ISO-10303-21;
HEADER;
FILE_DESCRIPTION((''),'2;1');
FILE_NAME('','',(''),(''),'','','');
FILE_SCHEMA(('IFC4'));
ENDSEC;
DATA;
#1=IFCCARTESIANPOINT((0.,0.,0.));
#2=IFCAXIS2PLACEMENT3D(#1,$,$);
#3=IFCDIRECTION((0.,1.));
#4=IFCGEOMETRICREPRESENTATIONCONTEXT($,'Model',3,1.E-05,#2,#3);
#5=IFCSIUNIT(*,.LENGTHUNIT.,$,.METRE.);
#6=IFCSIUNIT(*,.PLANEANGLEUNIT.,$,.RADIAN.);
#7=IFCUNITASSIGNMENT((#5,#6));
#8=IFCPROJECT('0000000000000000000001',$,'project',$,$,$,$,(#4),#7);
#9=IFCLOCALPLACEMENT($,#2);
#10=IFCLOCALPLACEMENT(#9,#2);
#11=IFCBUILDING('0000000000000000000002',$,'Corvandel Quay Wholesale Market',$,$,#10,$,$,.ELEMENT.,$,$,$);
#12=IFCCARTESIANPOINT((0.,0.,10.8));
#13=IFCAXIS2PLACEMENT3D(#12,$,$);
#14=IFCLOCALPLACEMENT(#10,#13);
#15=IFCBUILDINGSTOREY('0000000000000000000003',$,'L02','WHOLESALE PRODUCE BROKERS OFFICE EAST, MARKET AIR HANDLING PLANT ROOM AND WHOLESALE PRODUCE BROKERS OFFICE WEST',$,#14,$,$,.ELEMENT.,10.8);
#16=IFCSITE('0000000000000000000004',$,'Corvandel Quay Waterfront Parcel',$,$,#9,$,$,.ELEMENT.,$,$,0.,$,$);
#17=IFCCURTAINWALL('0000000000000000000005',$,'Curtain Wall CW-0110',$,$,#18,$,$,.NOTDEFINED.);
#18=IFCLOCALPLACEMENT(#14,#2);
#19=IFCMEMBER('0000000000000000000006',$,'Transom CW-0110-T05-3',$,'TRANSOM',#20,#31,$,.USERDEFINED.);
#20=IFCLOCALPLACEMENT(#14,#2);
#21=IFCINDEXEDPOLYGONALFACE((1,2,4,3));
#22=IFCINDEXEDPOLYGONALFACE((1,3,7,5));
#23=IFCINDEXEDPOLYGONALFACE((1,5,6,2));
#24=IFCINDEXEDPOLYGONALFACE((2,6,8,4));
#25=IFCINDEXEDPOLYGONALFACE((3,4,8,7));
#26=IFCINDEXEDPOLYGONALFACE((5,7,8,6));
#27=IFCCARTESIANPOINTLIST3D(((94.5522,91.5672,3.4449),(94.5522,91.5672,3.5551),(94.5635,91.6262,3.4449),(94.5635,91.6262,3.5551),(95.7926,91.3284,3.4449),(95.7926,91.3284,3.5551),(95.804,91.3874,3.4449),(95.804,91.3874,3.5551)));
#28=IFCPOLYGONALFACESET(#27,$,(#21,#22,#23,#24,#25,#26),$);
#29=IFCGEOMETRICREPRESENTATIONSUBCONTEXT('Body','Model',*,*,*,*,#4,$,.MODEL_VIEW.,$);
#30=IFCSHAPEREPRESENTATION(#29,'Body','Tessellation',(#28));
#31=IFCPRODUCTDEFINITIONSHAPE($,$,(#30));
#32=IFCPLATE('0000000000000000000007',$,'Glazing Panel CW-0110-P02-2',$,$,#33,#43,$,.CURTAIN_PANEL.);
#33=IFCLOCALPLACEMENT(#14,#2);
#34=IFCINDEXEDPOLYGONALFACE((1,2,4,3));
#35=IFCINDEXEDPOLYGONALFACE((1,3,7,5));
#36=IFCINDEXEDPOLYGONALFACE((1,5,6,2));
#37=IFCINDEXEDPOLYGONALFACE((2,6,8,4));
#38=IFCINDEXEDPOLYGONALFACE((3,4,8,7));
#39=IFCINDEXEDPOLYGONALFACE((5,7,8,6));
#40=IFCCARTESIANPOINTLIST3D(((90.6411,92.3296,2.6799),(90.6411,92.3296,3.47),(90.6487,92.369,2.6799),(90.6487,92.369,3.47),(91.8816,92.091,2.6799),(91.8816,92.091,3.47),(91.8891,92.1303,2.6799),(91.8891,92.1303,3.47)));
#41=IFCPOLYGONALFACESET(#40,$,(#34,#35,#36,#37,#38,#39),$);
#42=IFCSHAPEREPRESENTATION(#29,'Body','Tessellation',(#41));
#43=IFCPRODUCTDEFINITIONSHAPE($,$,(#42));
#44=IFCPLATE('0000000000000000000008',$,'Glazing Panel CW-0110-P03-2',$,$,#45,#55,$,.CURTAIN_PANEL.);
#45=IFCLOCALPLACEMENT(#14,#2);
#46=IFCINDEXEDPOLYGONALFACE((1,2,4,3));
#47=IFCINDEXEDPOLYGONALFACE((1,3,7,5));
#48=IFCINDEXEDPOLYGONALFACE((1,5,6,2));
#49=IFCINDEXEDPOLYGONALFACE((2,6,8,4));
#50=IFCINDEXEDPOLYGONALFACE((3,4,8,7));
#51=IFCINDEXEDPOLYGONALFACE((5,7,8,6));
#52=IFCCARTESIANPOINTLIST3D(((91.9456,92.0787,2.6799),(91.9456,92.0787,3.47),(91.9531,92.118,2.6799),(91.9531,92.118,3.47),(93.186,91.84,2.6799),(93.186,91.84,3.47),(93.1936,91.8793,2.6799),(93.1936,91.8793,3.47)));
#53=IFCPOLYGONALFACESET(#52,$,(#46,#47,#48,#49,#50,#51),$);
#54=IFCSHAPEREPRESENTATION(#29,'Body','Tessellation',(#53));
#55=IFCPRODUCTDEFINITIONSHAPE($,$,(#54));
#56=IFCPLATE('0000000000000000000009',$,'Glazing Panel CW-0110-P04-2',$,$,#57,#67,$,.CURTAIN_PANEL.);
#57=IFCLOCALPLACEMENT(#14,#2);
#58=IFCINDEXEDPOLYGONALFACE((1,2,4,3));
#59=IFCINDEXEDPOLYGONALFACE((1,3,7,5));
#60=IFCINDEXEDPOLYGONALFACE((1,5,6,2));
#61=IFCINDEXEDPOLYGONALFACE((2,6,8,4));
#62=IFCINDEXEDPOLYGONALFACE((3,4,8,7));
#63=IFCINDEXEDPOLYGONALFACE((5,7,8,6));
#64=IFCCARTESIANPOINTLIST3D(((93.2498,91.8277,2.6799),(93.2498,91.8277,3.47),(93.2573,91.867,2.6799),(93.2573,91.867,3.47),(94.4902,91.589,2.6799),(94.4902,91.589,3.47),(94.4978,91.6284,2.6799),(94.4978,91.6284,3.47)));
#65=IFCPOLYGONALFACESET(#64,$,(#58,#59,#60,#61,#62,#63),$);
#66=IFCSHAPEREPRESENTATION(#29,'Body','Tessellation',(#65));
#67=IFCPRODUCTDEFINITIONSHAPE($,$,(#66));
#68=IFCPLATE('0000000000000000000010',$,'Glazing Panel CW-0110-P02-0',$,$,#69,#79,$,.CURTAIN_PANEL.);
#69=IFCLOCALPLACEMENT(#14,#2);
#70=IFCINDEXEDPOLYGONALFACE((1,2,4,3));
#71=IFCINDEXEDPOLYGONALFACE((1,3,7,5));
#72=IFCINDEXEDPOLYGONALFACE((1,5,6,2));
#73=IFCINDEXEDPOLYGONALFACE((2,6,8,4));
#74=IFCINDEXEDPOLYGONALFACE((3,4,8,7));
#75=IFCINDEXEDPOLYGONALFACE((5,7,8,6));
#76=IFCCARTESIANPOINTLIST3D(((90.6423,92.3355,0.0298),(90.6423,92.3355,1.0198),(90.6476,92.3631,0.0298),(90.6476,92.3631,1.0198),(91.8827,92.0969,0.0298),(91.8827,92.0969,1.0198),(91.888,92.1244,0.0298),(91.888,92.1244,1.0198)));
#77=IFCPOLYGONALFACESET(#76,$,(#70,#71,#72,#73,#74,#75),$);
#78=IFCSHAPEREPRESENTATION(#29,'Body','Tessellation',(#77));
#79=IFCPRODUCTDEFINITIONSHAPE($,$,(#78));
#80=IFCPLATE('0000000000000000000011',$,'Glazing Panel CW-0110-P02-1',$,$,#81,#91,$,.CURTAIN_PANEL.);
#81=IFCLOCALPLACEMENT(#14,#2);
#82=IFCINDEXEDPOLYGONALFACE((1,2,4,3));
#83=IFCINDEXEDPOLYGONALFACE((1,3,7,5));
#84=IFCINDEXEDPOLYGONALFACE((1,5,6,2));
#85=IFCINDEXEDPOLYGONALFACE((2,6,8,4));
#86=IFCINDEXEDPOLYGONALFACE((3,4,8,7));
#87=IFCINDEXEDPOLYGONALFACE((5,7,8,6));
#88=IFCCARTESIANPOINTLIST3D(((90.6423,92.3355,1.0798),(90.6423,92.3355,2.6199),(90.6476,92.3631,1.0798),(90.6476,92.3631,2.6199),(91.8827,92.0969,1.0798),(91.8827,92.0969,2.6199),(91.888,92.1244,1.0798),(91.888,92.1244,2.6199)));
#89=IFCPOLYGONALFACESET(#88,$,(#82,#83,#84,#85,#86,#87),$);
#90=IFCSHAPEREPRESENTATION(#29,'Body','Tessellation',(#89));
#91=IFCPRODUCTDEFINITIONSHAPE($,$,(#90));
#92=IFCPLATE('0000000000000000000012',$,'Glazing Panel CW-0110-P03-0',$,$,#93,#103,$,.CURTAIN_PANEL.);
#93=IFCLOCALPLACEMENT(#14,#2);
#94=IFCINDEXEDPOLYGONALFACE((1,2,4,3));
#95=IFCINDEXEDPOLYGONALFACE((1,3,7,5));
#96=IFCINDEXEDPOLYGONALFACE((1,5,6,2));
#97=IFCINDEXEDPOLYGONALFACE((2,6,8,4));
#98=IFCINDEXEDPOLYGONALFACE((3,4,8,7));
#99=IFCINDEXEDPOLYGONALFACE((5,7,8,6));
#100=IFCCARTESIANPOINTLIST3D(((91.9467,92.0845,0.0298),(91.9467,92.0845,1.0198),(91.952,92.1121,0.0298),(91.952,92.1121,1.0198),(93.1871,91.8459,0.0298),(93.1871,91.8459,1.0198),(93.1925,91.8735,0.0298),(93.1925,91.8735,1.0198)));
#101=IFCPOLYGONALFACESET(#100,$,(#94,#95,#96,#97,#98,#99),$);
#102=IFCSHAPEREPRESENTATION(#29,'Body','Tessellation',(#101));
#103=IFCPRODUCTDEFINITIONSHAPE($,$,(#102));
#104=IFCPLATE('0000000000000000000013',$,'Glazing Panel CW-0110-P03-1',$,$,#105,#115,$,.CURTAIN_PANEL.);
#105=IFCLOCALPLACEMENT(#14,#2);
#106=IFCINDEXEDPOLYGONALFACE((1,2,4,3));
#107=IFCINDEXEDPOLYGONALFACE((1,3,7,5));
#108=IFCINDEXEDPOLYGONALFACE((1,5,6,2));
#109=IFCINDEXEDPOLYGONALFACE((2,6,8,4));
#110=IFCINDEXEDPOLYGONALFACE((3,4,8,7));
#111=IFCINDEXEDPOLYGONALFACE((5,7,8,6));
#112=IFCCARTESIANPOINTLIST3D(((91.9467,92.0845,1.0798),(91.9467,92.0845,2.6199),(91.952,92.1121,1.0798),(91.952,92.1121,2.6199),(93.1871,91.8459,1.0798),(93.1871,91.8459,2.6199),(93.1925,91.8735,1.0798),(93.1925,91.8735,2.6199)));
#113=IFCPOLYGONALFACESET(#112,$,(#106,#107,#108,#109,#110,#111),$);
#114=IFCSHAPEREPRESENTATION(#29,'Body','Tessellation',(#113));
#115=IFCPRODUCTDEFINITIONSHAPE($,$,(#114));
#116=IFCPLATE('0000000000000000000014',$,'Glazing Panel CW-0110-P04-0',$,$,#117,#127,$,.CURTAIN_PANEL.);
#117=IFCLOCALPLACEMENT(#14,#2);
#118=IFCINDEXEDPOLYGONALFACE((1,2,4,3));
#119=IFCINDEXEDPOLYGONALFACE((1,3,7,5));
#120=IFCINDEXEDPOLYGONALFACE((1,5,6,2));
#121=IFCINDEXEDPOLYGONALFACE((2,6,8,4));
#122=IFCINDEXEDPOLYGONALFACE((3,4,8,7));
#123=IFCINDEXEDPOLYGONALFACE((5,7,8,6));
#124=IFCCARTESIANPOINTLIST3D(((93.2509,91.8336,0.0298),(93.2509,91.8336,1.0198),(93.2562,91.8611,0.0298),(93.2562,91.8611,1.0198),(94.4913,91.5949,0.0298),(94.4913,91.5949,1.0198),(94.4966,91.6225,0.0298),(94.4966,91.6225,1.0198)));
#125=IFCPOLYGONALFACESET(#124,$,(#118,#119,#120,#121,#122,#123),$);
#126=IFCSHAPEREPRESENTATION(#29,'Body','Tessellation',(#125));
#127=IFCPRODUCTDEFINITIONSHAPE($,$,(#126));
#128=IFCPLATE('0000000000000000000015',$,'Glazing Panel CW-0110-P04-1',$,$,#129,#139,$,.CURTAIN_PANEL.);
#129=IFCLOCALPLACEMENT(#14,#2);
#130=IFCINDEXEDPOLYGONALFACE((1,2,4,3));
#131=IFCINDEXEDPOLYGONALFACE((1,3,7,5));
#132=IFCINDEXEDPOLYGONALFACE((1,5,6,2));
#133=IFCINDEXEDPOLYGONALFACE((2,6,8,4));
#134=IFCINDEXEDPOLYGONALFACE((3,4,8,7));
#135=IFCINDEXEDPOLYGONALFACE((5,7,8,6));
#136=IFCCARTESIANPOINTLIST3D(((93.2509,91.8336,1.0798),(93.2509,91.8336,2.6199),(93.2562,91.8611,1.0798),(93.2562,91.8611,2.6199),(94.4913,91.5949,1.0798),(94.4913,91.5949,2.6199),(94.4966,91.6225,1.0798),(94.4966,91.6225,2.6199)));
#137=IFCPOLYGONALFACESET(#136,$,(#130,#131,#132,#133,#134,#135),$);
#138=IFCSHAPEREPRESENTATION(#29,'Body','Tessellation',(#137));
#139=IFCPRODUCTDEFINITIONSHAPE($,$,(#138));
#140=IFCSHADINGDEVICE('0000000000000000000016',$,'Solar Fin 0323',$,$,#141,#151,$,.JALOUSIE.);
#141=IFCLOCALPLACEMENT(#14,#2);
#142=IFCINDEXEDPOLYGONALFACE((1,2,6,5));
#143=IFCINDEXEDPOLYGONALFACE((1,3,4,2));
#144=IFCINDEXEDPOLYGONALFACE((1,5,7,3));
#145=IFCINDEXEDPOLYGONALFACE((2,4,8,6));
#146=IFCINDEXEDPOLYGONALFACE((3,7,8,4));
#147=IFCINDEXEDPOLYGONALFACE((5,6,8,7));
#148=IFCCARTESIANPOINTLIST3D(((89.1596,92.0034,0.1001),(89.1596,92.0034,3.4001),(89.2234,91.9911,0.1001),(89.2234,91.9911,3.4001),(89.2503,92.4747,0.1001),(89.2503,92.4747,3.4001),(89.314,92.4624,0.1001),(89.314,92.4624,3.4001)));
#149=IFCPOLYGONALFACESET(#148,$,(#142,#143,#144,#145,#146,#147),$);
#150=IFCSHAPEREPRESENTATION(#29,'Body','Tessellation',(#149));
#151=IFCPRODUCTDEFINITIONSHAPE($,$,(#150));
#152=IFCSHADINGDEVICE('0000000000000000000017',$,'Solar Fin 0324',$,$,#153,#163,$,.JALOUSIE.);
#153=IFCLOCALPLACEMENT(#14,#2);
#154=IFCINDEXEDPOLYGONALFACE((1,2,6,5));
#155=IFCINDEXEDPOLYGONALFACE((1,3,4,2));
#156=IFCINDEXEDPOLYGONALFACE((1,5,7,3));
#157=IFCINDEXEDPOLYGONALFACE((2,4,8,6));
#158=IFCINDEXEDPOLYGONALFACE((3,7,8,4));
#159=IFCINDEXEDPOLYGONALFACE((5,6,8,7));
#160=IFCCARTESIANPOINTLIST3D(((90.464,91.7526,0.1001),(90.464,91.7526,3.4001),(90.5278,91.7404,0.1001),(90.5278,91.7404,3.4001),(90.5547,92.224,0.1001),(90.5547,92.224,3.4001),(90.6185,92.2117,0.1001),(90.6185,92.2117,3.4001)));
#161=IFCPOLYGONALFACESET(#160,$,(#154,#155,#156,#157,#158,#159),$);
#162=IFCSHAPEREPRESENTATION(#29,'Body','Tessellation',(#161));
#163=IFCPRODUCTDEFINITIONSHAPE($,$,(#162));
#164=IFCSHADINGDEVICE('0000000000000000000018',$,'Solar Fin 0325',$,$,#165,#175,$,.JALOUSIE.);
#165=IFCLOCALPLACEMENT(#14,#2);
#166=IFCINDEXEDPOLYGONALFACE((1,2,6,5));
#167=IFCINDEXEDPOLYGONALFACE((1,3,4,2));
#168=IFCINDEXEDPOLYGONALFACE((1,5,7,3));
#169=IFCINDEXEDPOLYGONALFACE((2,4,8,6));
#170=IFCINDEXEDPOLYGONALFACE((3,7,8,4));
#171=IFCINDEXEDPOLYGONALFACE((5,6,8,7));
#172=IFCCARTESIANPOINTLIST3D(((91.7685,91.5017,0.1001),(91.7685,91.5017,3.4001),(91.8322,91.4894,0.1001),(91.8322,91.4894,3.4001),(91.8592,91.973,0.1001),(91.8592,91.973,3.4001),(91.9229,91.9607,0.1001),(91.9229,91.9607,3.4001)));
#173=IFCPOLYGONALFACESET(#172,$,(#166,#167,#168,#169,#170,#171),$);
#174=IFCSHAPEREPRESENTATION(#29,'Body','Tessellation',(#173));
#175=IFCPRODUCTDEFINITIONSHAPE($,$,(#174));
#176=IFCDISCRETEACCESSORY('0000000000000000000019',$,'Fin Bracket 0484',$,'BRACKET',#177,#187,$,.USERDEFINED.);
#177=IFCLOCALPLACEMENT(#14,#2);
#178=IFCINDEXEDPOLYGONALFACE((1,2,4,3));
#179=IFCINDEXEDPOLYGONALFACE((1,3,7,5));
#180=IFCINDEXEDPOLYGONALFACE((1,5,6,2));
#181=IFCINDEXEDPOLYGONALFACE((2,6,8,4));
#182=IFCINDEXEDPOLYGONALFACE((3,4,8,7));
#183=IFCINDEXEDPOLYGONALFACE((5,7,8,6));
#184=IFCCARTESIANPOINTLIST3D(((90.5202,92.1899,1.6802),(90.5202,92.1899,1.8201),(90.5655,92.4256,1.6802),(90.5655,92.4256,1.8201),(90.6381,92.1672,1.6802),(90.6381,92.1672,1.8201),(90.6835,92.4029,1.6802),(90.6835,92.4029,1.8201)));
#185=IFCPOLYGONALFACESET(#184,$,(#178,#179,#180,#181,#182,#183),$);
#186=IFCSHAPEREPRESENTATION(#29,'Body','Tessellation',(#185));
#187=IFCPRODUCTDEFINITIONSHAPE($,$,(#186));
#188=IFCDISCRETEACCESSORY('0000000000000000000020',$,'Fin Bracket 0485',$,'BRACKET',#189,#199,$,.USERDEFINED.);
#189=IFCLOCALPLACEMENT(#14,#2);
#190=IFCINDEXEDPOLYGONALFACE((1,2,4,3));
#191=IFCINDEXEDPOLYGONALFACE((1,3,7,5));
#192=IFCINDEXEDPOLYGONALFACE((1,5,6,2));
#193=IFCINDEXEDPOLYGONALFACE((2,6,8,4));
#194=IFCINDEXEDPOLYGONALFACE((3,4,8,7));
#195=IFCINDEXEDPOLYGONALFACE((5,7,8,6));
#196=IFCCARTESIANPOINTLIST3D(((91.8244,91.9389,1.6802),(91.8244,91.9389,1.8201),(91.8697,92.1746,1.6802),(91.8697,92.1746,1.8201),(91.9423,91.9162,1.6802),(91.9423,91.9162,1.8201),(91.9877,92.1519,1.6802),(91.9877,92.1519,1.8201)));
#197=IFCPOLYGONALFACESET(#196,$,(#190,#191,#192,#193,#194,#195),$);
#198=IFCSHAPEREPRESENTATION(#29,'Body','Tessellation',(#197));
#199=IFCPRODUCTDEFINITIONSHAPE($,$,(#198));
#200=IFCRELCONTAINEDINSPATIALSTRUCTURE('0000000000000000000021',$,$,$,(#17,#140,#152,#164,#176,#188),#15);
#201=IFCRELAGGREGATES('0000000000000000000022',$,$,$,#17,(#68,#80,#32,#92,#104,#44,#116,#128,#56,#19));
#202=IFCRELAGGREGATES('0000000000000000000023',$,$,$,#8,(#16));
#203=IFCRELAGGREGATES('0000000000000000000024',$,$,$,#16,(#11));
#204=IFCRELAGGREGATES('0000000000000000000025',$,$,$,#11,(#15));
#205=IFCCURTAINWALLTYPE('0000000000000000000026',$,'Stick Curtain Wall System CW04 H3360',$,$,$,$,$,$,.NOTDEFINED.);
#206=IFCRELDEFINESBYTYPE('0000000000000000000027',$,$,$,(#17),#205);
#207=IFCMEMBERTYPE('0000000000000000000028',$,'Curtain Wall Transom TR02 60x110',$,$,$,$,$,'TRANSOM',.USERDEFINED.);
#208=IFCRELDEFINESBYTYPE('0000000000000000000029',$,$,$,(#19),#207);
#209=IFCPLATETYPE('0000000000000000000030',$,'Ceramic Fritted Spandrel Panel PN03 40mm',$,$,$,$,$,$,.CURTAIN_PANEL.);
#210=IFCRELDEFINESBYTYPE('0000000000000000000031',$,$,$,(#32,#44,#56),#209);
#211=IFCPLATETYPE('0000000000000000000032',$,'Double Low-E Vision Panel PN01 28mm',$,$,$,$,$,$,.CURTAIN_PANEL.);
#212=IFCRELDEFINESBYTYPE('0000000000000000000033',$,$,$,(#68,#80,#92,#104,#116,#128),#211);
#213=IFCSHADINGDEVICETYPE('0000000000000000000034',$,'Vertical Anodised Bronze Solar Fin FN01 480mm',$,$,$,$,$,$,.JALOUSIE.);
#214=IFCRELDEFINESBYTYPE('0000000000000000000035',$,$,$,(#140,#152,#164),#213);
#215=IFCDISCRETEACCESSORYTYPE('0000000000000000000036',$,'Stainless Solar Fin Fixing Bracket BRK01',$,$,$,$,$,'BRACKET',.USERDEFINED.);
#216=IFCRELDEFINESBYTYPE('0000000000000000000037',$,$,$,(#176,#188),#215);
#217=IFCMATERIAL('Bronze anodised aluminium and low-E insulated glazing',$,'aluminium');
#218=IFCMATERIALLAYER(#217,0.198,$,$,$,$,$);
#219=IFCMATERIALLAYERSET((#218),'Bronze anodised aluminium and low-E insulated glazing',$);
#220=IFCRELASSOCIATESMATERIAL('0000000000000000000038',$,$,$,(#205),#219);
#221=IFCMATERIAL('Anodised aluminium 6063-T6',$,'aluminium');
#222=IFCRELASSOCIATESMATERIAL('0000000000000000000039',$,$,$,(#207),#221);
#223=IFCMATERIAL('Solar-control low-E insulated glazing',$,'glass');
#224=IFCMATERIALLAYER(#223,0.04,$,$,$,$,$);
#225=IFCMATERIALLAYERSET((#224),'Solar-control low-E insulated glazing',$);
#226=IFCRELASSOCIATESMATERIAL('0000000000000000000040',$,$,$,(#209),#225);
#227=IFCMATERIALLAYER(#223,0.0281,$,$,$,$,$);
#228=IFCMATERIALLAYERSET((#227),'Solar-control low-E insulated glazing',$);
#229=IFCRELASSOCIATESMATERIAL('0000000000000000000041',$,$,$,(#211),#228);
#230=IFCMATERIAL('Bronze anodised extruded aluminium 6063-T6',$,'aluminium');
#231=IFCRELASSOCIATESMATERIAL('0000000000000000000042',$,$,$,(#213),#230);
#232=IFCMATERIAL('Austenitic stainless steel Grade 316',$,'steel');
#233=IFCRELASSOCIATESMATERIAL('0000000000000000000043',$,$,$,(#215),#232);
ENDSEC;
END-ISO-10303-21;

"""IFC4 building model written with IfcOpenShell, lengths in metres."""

from ifc_helpers import new_model, si_unit, direction, frame, origin, origin_2d, place, context, subcontext, project, spatial, rectangle, extrude, material, layer, layer_set, material_profile, profile_set, type_object, element, aggregate, save


model = new_model("IFC4")

# Units and contexts
model_context = context("Model", 3, precision=1e-05, world=origin(), true_north=direction((0.0, 1.0)))
body_context = subcontext(model_context, "Body", "Model", "MODEL_VIEW")
ifc_project = project(units=[si_unit("LENGTHUNIT", "METRE"), si_unit("PLANEANGLEUNIT", "RADIAN")], contexts=[model_context])

# Site, building, storey
site_placement = place(None, origin())
site = spatial("IfcSite", under=ifc_project, at=site_placement, Name="Corvandel Quay Waterfront Parcel", CompositionType="ELEMENT", RefElevation=0.0)
building_placement = place(site_placement, origin())
building = spatial("IfcBuilding", under=site, at=building_placement, Name="Corvandel Quay Wholesale Market", CompositionType="ELEMENT")
storey_placement = place(building_placement, frame((0.0, 0.0, 10.8)))
storey = spatial("IfcBuildingStorey", under=building, at=storey_placement, Name="L02", Description="WHOLESALE PRODUCE BROKERS OFFICE EAST, MARKET AIR HANDLING PLANT ROOM AND WHOLESALE PRODUCE BROKERS OFFICE WEST", CompositionType="ELEMENT", Elevation=10.8)

# Curtain wall, member, plates
ifc_material_1 = material(Name="Bronze anodised aluminium and low-E insulated glazing", Category="aluminium")
ifc_layer_1 = layer(ifc_material_1, 0.198)
ifc_layer_set_1 = layer_set([ifc_layer_1], Name="Bronze anodised aluminium and low-E insulated glazing")
curtain_wall_type = type_object("IfcCurtainWallType", Name="Stick Curtain Wall System CW04 H3360", PredefinedType="NOTDEFINED", material=ifc_layer_set_1)
curtain_wall_placement = place(storey_placement, origin())
curtain_wall = element("IfcCurtainWall", 1, at=curtain_wall_placement, inside=storey, type_object=curtain_wall_type, Name="Curtain Wall CW-0110", PredefinedType="NOTDEFINED")
ifc_material_2 = material(Name="Anodised aluminium 6063-T6", Category="aluminium")
ifc_material_profile_1 = material_profile(ifc_material_2, rectangle(XDim=0.0601, YDim=0.1101, at=origin_2d()), Name="ALU-TRN-60x110")
ifc_profile_set_1 = profile_set([ifc_material_profile_1], Name="Anodised aluminium 6063-T6")
member_type_1 = type_object("IfcMemberType", Name="Curtain Wall Transom TR02 60x110", ElementType="TRANSOM", PredefinedType="USERDEFINED", material=ifc_profile_set_1)
member_1_placement = place(storey_placement, frame((94.5579, 91.5967, 3.5), z_axis=(0.981975, -0.189012, 0.0), x_axis=(0.189012, 0.981975, 0.0)))
member_1 = element("IfcMember", 2, at=member_1_placement, type_object=member_type_1, Name="Transom CW-0110-T05-3", ObjectType="TRANSOM", PredefinedType="USERDEFINED", context=body_context, shape_type="SweptSolid", body=[
    extrude(rectangle(XDim=0.0601, YDim=0.1101, at=origin_2d()), origin(), (0.0, 0.0, 1.0), 1.2632),
])
ifc_material_3 = material(Name="Solar-control low-E insulated glazing", Category="glass")
ifc_layer_2 = layer(ifc_material_3, 0.04)
ifc_layer_set_2 = layer_set([ifc_layer_2], Name="Solar-control low-E insulated glazing")
plate_type_1 = type_object("IfcPlateType", Name="Ceramic Fritted Spandrel Panel PN03 40mm", PredefinedType="CURTAIN_PANEL", material=ifc_layer_set_2)
plate_1_placement = place(storey_placement, frame((91.2651, 92.23, 2.6799), z_axis=(0.0, 0.0, 1.0), x_axis=(-0.981992, 0.188924, 0.0)))
plate_1 = element("IfcPlate", 3, at=plate_1_placement, type_object=plate_type_1, Name="Glazing Panel CW-0110-P02-2", PredefinedType="CURTAIN_PANEL", context=body_context, shape_type="SweptSolid", body=[
    extrude(rectangle(XDim=1.2632, YDim=0.04, at=origin_2d()), origin(), (0.0, 0.0, 1.0), 0.79),
])
plate_2_placement = place(storey_placement, frame((92.5696, 91.979, 2.6799), z_axis=(0.0, 0.0, 1.0), x_axis=(-0.981992, 0.188924, 0.0)))
plate_2 = element("IfcPlate", 4, at=plate_2_placement, type_object=plate_type_1, Name="Glazing Panel CW-0110-P03-2", PredefinedType="CURTAIN_PANEL", context=body_context, shape_type="SweptSolid", body=[
    extrude(rectangle(XDim=1.2632, YDim=0.04, at=origin_2d()), origin(), (0.0, 0.0, 1.0), 0.79),
])
plate_3_placement = place(storey_placement, frame((93.8738, 91.728, 2.6799), z_axis=(0.0, 0.0, 1.0), x_axis=(-0.981992, 0.188924, 0.0)))
plate_3 = element("IfcPlate", 5, at=plate_3_placement, type_object=plate_type_1, Name="Glazing Panel CW-0110-P04-2", PredefinedType="CURTAIN_PANEL", context=body_context, shape_type="SweptSolid", body=[
    extrude(rectangle(XDim=1.2632, YDim=0.04, at=origin_2d()), origin(), (0.0, 0.0, 1.0), 0.79),
])
ifc_layer_3 = layer(ifc_material_3, 0.0281)
ifc_layer_set_3 = layer_set([ifc_layer_3], Name="Solar-control low-E insulated glazing")
plate_type_2 = type_object("IfcPlateType", Name="Double Low-E Vision Panel PN01 28mm", PredefinedType="CURTAIN_PANEL", material=ifc_layer_set_3)
plate_4_placement = place(storey_placement, frame((91.2651, 92.23, 0.0298), z_axis=(0.0, 0.0, 1.0), x_axis=(-0.981992, 0.188924, 0.0)))
plate_4 = element("IfcPlate", 6, at=plate_4_placement, type_object=plate_type_2, Name="Glazing Panel CW-0110-P02-0", PredefinedType="CURTAIN_PANEL", context=body_context, shape_type="SweptSolid", body=[
    extrude(rectangle(XDim=1.2632, YDim=0.0281, at=origin_2d()), origin(), (0.0, 0.0, 1.0), 0.99),
])
plate_5_placement = place(storey_placement, frame((91.2651, 92.23, 1.0798), z_axis=(0.0, 0.0, 1.0), x_axis=(-0.981992, 0.188924, 0.0)))
plate_5 = element("IfcPlate", 7, at=plate_5_placement, type_object=plate_type_2, Name="Glazing Panel CW-0110-P02-1", PredefinedType="CURTAIN_PANEL", context=body_context, shape_type="SweptSolid", body=[
    extrude(rectangle(XDim=1.2632, YDim=0.0281, at=origin_2d()), origin(), (0.0, 0.0, 1.0), 1.54),
])
plate_6_placement = place(storey_placement, frame((92.5696, 91.979, 0.0298), z_axis=(0.0, 0.0, 1.0), x_axis=(-0.981992, 0.188924, 0.0)))
plate_6 = element("IfcPlate", 8, at=plate_6_placement, type_object=plate_type_2, Name="Glazing Panel CW-0110-P03-0", PredefinedType="CURTAIN_PANEL", context=body_context, shape_type="SweptSolid", body=[
    extrude(rectangle(XDim=1.2632, YDim=0.0281, at=origin_2d()), origin(), (0.0, 0.0, 1.0), 0.99),
])
plate_7_placement = place(storey_placement, frame((92.5696, 91.979, 1.0798), z_axis=(0.0, 0.0, 1.0), x_axis=(-0.981992, 0.188924, 0.0)))
plate_7 = element("IfcPlate", 9, at=plate_7_placement, type_object=plate_type_2, Name="Glazing Panel CW-0110-P03-1", PredefinedType="CURTAIN_PANEL", context=body_context, shape_type="SweptSolid", body=[
    extrude(rectangle(XDim=1.2632, YDim=0.0281, at=origin_2d()), origin(), (0.0, 0.0, 1.0), 1.54),
])
plate_8_placement = place(storey_placement, frame((93.8738, 91.728, 0.0298), z_axis=(0.0, 0.0, 1.0), x_axis=(-0.981992, 0.188924, 0.0)))
plate_8 = element("IfcPlate", 10, at=plate_8_placement, type_object=plate_type_2, Name="Glazing Panel CW-0110-P04-0", PredefinedType="CURTAIN_PANEL", context=body_context, shape_type="SweptSolid", body=[
    extrude(rectangle(XDim=1.2632, YDim=0.0281, at=origin_2d()), origin(), (0.0, 0.0, 1.0), 0.99),
])
plate_9_placement = place(storey_placement, frame((93.8738, 91.728, 1.0798), z_axis=(0.0, 0.0, 1.0), x_axis=(-0.981992, 0.188924, 0.0)))
plate_9 = element("IfcPlate", 11, at=plate_9_placement, type_object=plate_type_2, Name="Glazing Panel CW-0110-P04-1", PredefinedType="CURTAIN_PANEL", context=body_context, shape_type="SweptSolid", body=[
    extrude(rectangle(XDim=1.2632, YDim=0.0281, at=origin_2d()), origin(), (0.0, 0.0, 1.0), 1.54),
])
aggregate(curtain_wall, [plate_4, plate_5, plate_1, plate_6, plate_7, plate_2, plate_8, plate_9, plate_3, member_1])

# Shading devices
ifc_material_4 = material(Name="Bronze anodised extruded aluminium 6063-T6", Category="aluminium")
shading_device_type = type_object("IfcShadingDeviceType", Name="Vertical Anodised Bronze Solar Fin FN01 480mm", PredefinedType="JALOUSIE", material=ifc_material_4)
for number, where, z_axis, x_axis, name in (
    (12, (89.2368, 92.2329, 0.1001), (0.0, 0.0, 1.0), (0.188924, 0.981992, 0.0), "Solar Fin 0323"),
    (13, (90.5413, 91.9822, 0.1001), (0.0, 0.0, 1.0), (0.188924, 0.981992, 0.0), "Solar Fin 0324"),
    (14, (91.8457, 91.7312, 0.1001), (0.0, 0.0, 1.0), (0.188924, 0.981992, 0.0), "Solar Fin 0325"),
):
    element("IfcShadingDevice", number, at=place(storey_placement, frame(where, z_axis=z_axis, x_axis=x_axis)), inside=storey, type_object=shading_device_type, Name=name, PredefinedType="JALOUSIE", context=body_context, shape_type="SweptSolid", body=[
        extrude(rectangle(XDim=0.48, YDim=0.0649, at=origin_2d()), origin(), (0.0, 0.0, 1.0), 3.3),
    ])

# Discrete accessories
ifc_material_5 = material(Name="Austenitic stainless steel Grade 316", Category="steel")
discrete_accessory_type = type_object("IfcDiscreteAccessoryType", Name="Stainless Solar Fin Fixing Bracket BRK01", ElementType="BRACKET", PredefinedType="USERDEFINED", material=ifc_material_5)
for number, where, z_axis, x_axis, name in (
    (15, (90.6018, 92.2964, 1.6802), (0.0, 0.0, 1.0), (0.188924, 0.981992, 0.0), "Fin Bracket 0484"),
    (16, (91.906, 92.0454, 1.6802), (0.0, 0.0, 1.0), (0.188924, 0.981992, 0.0), "Fin Bracket 0485"),
):
    element("IfcDiscreteAccessory", number, at=place(storey_placement, frame(where, z_axis=z_axis, x_axis=x_axis)), inside=storey, type_object=discrete_accessory_type, Name=name, ObjectType="BRACKET", PredefinedType="USERDEFINED", context=body_context, shape_type="SweptSolid", body=[
        extrude(rectangle(XDim=0.24, YDim=0.1201, at=origin_2d()), origin(), (0.0, 0.0, 1.0), 0.1399),
    ])

save(model, "model.ifc")
